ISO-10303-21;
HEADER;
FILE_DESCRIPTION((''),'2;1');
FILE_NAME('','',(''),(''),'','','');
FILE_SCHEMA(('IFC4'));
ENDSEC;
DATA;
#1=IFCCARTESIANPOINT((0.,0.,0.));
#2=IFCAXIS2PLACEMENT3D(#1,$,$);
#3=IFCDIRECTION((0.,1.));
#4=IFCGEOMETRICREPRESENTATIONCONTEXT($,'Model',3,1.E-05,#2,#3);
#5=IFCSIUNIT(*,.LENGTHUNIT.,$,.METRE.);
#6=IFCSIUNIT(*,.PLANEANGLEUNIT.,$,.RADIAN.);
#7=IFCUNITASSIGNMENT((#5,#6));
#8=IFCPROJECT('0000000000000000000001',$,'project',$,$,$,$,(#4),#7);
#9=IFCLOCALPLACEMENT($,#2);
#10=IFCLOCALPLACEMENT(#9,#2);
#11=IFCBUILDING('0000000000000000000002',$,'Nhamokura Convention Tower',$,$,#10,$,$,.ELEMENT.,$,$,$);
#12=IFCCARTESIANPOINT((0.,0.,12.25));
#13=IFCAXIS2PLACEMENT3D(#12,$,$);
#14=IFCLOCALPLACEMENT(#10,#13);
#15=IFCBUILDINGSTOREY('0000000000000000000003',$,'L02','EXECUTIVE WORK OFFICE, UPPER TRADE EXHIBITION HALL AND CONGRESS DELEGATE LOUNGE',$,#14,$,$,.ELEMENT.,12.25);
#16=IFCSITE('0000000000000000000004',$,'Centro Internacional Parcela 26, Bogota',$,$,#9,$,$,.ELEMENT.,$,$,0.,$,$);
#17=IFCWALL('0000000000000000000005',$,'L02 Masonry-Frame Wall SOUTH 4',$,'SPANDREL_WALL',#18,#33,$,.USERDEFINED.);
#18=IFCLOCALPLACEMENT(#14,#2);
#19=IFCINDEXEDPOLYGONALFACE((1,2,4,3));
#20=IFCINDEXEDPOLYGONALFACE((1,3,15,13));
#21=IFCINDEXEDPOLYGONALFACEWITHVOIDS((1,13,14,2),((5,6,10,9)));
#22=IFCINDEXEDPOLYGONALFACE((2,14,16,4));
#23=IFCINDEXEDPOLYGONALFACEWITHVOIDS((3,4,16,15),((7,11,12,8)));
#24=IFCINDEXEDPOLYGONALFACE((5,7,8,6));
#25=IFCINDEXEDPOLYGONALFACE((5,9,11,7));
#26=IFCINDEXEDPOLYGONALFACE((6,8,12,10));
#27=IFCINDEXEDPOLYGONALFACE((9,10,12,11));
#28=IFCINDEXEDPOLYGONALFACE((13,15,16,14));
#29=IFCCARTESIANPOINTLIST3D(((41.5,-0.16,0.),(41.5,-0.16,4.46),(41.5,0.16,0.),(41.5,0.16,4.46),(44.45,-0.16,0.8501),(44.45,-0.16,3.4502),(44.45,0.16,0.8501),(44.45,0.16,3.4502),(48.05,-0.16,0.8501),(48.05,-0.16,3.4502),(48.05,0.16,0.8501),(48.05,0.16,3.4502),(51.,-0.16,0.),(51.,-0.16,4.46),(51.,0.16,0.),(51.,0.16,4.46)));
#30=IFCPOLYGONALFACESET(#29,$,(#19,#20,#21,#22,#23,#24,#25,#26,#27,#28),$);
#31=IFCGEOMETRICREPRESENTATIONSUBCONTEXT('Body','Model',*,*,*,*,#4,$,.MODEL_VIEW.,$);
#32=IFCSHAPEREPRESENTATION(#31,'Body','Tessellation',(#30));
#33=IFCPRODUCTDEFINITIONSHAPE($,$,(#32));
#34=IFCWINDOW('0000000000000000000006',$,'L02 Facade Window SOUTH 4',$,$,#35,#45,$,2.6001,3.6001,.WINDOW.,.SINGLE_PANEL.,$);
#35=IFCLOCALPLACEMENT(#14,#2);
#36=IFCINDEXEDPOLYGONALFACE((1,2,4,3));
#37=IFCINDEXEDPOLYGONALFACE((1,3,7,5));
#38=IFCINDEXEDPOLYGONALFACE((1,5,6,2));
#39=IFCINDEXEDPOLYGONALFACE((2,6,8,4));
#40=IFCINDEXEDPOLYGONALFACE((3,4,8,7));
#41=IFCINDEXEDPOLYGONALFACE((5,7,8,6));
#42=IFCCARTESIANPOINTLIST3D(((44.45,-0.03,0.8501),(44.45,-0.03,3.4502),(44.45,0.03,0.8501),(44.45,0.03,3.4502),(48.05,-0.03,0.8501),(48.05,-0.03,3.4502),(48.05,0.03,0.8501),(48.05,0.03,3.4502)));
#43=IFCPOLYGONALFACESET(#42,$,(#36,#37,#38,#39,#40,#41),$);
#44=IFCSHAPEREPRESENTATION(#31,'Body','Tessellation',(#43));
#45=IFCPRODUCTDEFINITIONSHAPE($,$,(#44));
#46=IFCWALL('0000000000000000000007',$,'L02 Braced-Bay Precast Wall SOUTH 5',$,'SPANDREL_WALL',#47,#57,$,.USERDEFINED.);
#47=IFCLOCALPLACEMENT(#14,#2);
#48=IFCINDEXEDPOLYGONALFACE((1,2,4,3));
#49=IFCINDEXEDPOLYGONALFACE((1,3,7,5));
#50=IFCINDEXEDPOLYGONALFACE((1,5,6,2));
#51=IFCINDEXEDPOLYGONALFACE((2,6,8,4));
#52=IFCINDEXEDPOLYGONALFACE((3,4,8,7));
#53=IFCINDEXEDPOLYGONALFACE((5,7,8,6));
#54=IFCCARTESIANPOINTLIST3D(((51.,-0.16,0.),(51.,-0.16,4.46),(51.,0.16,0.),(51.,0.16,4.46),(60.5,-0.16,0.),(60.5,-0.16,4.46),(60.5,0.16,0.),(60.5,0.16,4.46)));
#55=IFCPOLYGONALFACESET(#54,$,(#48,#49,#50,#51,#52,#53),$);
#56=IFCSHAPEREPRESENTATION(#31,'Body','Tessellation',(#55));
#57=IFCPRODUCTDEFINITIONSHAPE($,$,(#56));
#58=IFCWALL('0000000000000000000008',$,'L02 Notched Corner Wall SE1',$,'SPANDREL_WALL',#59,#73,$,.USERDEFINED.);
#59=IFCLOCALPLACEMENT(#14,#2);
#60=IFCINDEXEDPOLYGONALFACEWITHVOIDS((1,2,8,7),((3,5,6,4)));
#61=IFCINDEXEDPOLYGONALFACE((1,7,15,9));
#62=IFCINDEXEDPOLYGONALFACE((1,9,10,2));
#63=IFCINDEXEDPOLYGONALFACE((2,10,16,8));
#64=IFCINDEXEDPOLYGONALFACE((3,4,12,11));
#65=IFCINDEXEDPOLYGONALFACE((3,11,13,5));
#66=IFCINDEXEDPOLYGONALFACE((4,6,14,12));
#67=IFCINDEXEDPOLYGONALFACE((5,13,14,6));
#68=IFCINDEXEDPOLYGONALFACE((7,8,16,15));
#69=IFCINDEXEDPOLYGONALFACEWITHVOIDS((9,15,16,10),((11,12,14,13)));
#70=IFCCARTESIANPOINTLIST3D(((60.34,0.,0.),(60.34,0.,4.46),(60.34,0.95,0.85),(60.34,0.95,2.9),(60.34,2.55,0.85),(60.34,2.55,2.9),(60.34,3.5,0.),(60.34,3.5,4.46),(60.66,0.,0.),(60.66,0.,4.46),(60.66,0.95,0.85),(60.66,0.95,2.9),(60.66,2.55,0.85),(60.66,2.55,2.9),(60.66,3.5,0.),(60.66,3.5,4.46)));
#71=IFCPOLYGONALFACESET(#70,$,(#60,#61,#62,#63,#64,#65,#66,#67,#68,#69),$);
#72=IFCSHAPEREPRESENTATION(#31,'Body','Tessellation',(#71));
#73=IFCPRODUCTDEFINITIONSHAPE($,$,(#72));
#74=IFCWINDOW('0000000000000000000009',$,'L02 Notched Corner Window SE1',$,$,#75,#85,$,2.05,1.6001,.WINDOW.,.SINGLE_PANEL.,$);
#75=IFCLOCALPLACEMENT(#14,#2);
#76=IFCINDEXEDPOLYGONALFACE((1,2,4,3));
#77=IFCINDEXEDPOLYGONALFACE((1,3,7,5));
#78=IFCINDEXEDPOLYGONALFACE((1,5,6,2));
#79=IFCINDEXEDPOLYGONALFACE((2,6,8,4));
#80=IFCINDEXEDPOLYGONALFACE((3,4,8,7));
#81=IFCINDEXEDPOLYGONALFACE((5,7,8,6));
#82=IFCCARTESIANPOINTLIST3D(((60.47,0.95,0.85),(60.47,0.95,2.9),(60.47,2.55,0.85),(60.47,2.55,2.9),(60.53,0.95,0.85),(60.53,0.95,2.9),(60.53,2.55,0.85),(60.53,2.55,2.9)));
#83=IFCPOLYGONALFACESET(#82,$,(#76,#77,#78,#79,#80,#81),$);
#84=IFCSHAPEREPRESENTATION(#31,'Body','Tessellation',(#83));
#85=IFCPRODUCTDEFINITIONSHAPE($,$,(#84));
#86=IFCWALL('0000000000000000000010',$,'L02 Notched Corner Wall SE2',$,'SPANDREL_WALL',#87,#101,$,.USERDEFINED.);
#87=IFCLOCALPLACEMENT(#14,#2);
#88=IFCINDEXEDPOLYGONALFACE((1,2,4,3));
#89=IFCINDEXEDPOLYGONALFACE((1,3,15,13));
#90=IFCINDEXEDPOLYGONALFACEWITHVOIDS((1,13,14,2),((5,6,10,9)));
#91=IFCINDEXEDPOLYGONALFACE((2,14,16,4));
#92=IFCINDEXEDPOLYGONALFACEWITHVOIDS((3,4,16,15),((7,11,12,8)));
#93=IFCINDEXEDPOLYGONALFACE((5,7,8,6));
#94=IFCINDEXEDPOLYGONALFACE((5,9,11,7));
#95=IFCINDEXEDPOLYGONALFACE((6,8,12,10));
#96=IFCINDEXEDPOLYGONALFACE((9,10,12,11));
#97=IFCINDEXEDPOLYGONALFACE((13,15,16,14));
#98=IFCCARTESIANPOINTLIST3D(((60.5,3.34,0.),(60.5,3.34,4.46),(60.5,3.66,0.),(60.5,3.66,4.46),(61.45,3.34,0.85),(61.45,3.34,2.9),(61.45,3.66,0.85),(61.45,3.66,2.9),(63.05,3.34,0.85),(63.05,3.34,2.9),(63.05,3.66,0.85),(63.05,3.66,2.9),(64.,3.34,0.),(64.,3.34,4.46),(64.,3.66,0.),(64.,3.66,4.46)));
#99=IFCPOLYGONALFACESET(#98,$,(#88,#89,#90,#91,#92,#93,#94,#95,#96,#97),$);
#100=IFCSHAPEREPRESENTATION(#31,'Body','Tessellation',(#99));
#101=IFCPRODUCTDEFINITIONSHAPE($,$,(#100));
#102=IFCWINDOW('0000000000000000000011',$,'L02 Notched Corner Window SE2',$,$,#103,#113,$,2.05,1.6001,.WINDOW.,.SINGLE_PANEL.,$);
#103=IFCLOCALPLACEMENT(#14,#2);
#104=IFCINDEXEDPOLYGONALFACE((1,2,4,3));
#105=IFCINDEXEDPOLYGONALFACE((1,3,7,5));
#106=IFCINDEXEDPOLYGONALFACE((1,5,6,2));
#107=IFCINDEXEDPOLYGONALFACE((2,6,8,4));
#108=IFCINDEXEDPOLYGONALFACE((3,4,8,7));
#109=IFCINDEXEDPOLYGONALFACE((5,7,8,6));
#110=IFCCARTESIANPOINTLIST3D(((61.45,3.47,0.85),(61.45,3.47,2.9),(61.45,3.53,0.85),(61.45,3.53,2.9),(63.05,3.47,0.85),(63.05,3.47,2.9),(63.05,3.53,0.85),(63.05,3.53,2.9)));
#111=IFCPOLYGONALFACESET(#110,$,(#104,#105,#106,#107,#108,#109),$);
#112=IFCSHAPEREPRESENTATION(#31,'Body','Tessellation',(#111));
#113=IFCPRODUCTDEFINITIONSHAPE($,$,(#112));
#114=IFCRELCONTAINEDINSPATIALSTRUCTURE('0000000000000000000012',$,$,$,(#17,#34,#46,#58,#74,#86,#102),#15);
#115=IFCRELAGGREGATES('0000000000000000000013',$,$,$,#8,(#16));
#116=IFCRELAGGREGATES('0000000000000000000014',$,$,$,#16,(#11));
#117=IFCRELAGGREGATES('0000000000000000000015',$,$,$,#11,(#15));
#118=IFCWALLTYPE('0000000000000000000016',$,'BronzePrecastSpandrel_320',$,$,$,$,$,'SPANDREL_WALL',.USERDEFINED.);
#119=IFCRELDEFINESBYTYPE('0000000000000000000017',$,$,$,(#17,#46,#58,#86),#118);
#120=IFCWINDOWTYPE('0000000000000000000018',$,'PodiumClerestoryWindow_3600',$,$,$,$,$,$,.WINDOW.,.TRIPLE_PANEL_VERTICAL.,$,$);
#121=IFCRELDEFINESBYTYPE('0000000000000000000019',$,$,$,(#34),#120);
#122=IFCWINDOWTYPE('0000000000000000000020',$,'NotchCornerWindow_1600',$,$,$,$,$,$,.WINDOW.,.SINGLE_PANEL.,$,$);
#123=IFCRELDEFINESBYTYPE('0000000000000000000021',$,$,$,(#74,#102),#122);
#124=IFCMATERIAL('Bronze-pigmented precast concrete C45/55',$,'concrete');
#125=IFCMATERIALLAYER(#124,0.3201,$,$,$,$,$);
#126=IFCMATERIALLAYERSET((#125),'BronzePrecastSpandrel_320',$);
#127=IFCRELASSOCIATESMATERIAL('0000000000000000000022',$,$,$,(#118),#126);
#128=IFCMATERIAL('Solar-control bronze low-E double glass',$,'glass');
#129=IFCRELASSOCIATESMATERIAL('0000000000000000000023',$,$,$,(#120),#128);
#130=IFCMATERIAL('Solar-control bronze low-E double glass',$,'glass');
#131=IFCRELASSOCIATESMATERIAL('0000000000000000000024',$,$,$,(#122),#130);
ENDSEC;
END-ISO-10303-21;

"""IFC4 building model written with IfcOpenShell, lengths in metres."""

from ifc_helpers import new_model, si_unit, direction, frame, frame_2d, origin, place, context, subcontext, project, spatial, rectangle, extrude, material, layer, layer_set, type_object, element, fill, save


model = new_model("IFC4")

# Units and contexts
model_context = context("Model", 3, precision=1e-05, world=origin(), true_north=direction((0.0, 1.0)))
body_context = subcontext(model_context, "Body", "Model", "MODEL_VIEW")
ifc_project = project(units=[si_unit("LENGTHUNIT", "METRE"), si_unit("PLANEANGLEUNIT", "RADIAN")], contexts=[model_context])

# Site, building, storey
site_placement = place(None, origin())
site = spatial("IfcSite", under=ifc_project, at=site_placement, Name="Centro Internacional Parcela 26, Bogota", CompositionType="ELEMENT", RefElevation=0.0)
building_placement = place(site_placement, origin())
building = spatial("IfcBuilding", under=site, at=building_placement, Name="Nhamokura Convention Tower", CompositionType="ELEMENT")
storey_placement = place(building_placement, frame((0.0, 0.0, 12.25)))
storey = spatial("IfcBuildingStorey", under=building, at=storey_placement, Name="L02", Description="EXECUTIVE WORK OFFICE, UPPER TRADE EXHIBITION HALL AND CONGRESS DELEGATE LOUNGE", CompositionType="ELEMENT", Elevation=12.25)

# Wall, opening, window
ifc_material_1 = material(Name="Bronze-pigmented precast concrete C45/55", Category="concrete")
ifc_layer = layer(ifc_material_1, 0.3201)
ifc_layer_set = layer_set([ifc_layer], Name="BronzePrecastSpandrel_320")
wall_type = type_object("IfcWallType", Name="BronzePrecastSpandrel_320", ElementType="SPANDREL_WALL", PredefinedType="USERDEFINED", material=ifc_layer_set)
wall_1_placement = place(storey_placement, frame((51.0, 0.0, 0.0), z_axis=(0.0, 0.0, 1.0), x_axis=(-1.0, 0.0, 0.0)))
wall_1 = element("IfcWall", 1, at=wall_1_placement, inside=storey, type_object=wall_type, Name="L02 Masonry-Frame Wall SOUTH 4", ObjectType="SPANDREL_WALL", PredefinedType="USERDEFINED", context=body_context, shape_type="SweptSolid", body=[
    extrude(rectangle(XDim=9.5, YDim=0.3201, at=frame_2d((4.75, 0.0))), origin(), (0.0, 0.0, 1.0), 4.46),
])
opening_1_placement = place(wall_1_placement, frame((2.95, 0.0, 0.8501)))
opening_1 = element("IfcOpeningElement", 2, at=opening_1_placement, cuts=wall_1, PredefinedType="OPENING", context=body_context, shape_type="SweptSolid", body=[
    extrude(rectangle(XDim=3.6001, YDim=2.6001, at=frame_2d((1.8, 1.3))), frame((0.0, 0.1699, 0.0), z_axis=(0.0, -1.0, 0.0), x_axis=(1.0, 0.0, 0.0)), (0.0, 0.0, 1.0), 0.3401),
])
ifc_material_2 = material(Name="Solar-control bronze low-E double glass", Category="glass")
window_type_1 = type_object("IfcWindowType", Name="PodiumClerestoryWindow_3600", PartitioningType="TRIPLE_PANEL_VERTICAL", PredefinedType="WINDOW", material=ifc_material_2)
window_1_placement = place(opening_1_placement, origin())
window_1 = element("IfcWindow", 3, at=window_1_placement, inside=storey, type_object=window_type_1, Name="L02 Facade Window SOUTH 4", OverallHeight=2.6001, OverallWidth=3.6001, PartitioningType="SINGLE_PANEL", PredefinedType="WINDOW", context=body_context, shape_type="SweptSolid", body=[
    extrude(rectangle(XDim=3.6001, YDim=2.6001, at=frame_2d((1.8, 1.3))), frame((0.0, 0.03, 0.0), z_axis=(0.0, -1.0, 0.0), x_axis=(1.0, 0.0, 0.0)), (0.0, 0.0, 1.0), 0.0601),
])
fill(opening_1, window_1)

# Wall
wall_2_placement = place(storey_placement, frame((60.5, 0.0, 0.0), z_axis=(0.0, 0.0, 1.0), x_axis=(-1.0, 0.0, 0.0)))
element("IfcWall", 4, at=wall_2_placement, inside=storey, type_object=wall_type, Name="L02 Braced-Bay Precast Wall SOUTH 5", ObjectType="SPANDREL_WALL", PredefinedType="USERDEFINED", context=body_context, shape_type="SweptSolid", body=[
    extrude(rectangle(XDim=9.5, YDim=0.3201, at=frame_2d((4.75, 0.0))), origin(), (0.0, 0.0, 1.0), 4.46),
])

# Walls, openings, windows
wall_3_placement = place(storey_placement, frame((60.5, 3.5, 0.0), z_axis=(0.0, 0.0, 1.0), x_axis=(0.0, -1.0, 0.0)))
wall_3 = element("IfcWall", 5, at=wall_3_placement, inside=storey, type_object=wall_type, Name="L02 Notched Corner Wall SE1", ObjectType="SPANDREL_WALL", PredefinedType="USERDEFINED", context=body_context, shape_type="SweptSolid", body=[
    extrude(rectangle(XDim=3.5, YDim=0.3201, at=frame_2d((1.75, 0.0))), origin(), (0.0, 0.0, 1.0), 4.46),
])
opening_2_placement = place(wall_3_placement, frame((0.95, 0.0, 0.8501)))
opening_2 = element("IfcOpeningElement", 6, at=opening_2_placement, cuts=wall_3, PredefinedType="OPENING", context=body_context, shape_type="SweptSolid", body=[
    extrude(rectangle(XDim=1.6001, YDim=2.05, at=frame_2d((0.8, 1.0249))), frame((0.0, 0.1699, 0.0), z_axis=(0.0, -1.0, 0.0), x_axis=(1.0, 0.0, 0.0)), (0.0, 0.0, 1.0), 0.3401),
])
ifc_material_3 = material(Name="Solar-control bronze low-E double glass", Category="glass")
window_type_2 = type_object("IfcWindowType", Name="NotchCornerWindow_1600", PartitioningType="SINGLE_PANEL", PredefinedType="WINDOW", material=ifc_material_3)
window_2_placement = place(opening_2_placement, origin())
window_2 = element("IfcWindow", 7, at=window_2_placement, inside=storey, type_object=window_type_2, Name="L02 Notched Corner Window SE1", OverallHeight=2.05, OverallWidth=1.6001, PartitioningType="SINGLE_PANEL", PredefinedType="WINDOW", context=body_context, shape_type="SweptSolid", body=[
    extrude(rectangle(XDim=1.6001, YDim=2.05, at=frame_2d((0.8, 1.0249))), frame((0.0, 0.03, 0.0), z_axis=(0.0, -1.0, 0.0), x_axis=(1.0, 0.0, 0.0)), (0.0, 0.0, 1.0), 0.0601),
])
fill(opening_2, window_2)
wall_4_placement = place(storey_placement, frame((64.0, 3.5, 0.0), z_axis=(0.0, 0.0, 1.0), x_axis=(-1.0, 0.0, 0.0)))
wall_4 = element("IfcWall", 8, at=wall_4_placement, inside=storey, type_object=wall_type, Name="L02 Notched Corner Wall SE2", ObjectType="SPANDREL_WALL", PredefinedType="USERDEFINED", context=body_context, shape_type="SweptSolid", body=[
    extrude(rectangle(XDim=3.5, YDim=0.3201, at=frame_2d((1.75, 0.0))), origin(), (0.0, 0.0, 1.0), 4.46),
])
opening_3_placement = place(wall_4_placement, frame((0.95, 0.0, 0.8501)))
opening_3 = element("IfcOpeningElement", 9, at=opening_3_placement, cuts=wall_4, PredefinedType="OPENING", context=body_context, shape_type="SweptSolid", body=[
    extrude(rectangle(XDim=1.6001, YDim=2.05, at=frame_2d((0.8, 1.0249))), frame((0.0, 0.1699, 0.0), z_axis=(0.0, -1.0, 0.0), x_axis=(1.0, 0.0, 0.0)), (0.0, 0.0, 1.0), 0.3401),
])
window_3_placement = place(opening_3_placement, origin())
window_3 = element("IfcWindow", 10, at=window_3_placement, inside=storey, type_object=window_type_2, Name="L02 Notched Corner Window SE2", OverallHeight=2.05, OverallWidth=1.6001, PartitioningType="SINGLE_PANEL", PredefinedType="WINDOW", context=body_context, shape_type="SweptSolid", body=[
    extrude(rectangle(XDim=1.6001, YDim=2.05, at=frame_2d((0.8, 1.0249))), frame((0.0, 0.03, 0.0), z_axis=(0.0, -1.0, 0.0), x_axis=(1.0, 0.0, 0.0)), (0.0, 0.0, 1.0), 0.0601),
])
fill(opening_3, window_3)

save(model, "model.ifc")
